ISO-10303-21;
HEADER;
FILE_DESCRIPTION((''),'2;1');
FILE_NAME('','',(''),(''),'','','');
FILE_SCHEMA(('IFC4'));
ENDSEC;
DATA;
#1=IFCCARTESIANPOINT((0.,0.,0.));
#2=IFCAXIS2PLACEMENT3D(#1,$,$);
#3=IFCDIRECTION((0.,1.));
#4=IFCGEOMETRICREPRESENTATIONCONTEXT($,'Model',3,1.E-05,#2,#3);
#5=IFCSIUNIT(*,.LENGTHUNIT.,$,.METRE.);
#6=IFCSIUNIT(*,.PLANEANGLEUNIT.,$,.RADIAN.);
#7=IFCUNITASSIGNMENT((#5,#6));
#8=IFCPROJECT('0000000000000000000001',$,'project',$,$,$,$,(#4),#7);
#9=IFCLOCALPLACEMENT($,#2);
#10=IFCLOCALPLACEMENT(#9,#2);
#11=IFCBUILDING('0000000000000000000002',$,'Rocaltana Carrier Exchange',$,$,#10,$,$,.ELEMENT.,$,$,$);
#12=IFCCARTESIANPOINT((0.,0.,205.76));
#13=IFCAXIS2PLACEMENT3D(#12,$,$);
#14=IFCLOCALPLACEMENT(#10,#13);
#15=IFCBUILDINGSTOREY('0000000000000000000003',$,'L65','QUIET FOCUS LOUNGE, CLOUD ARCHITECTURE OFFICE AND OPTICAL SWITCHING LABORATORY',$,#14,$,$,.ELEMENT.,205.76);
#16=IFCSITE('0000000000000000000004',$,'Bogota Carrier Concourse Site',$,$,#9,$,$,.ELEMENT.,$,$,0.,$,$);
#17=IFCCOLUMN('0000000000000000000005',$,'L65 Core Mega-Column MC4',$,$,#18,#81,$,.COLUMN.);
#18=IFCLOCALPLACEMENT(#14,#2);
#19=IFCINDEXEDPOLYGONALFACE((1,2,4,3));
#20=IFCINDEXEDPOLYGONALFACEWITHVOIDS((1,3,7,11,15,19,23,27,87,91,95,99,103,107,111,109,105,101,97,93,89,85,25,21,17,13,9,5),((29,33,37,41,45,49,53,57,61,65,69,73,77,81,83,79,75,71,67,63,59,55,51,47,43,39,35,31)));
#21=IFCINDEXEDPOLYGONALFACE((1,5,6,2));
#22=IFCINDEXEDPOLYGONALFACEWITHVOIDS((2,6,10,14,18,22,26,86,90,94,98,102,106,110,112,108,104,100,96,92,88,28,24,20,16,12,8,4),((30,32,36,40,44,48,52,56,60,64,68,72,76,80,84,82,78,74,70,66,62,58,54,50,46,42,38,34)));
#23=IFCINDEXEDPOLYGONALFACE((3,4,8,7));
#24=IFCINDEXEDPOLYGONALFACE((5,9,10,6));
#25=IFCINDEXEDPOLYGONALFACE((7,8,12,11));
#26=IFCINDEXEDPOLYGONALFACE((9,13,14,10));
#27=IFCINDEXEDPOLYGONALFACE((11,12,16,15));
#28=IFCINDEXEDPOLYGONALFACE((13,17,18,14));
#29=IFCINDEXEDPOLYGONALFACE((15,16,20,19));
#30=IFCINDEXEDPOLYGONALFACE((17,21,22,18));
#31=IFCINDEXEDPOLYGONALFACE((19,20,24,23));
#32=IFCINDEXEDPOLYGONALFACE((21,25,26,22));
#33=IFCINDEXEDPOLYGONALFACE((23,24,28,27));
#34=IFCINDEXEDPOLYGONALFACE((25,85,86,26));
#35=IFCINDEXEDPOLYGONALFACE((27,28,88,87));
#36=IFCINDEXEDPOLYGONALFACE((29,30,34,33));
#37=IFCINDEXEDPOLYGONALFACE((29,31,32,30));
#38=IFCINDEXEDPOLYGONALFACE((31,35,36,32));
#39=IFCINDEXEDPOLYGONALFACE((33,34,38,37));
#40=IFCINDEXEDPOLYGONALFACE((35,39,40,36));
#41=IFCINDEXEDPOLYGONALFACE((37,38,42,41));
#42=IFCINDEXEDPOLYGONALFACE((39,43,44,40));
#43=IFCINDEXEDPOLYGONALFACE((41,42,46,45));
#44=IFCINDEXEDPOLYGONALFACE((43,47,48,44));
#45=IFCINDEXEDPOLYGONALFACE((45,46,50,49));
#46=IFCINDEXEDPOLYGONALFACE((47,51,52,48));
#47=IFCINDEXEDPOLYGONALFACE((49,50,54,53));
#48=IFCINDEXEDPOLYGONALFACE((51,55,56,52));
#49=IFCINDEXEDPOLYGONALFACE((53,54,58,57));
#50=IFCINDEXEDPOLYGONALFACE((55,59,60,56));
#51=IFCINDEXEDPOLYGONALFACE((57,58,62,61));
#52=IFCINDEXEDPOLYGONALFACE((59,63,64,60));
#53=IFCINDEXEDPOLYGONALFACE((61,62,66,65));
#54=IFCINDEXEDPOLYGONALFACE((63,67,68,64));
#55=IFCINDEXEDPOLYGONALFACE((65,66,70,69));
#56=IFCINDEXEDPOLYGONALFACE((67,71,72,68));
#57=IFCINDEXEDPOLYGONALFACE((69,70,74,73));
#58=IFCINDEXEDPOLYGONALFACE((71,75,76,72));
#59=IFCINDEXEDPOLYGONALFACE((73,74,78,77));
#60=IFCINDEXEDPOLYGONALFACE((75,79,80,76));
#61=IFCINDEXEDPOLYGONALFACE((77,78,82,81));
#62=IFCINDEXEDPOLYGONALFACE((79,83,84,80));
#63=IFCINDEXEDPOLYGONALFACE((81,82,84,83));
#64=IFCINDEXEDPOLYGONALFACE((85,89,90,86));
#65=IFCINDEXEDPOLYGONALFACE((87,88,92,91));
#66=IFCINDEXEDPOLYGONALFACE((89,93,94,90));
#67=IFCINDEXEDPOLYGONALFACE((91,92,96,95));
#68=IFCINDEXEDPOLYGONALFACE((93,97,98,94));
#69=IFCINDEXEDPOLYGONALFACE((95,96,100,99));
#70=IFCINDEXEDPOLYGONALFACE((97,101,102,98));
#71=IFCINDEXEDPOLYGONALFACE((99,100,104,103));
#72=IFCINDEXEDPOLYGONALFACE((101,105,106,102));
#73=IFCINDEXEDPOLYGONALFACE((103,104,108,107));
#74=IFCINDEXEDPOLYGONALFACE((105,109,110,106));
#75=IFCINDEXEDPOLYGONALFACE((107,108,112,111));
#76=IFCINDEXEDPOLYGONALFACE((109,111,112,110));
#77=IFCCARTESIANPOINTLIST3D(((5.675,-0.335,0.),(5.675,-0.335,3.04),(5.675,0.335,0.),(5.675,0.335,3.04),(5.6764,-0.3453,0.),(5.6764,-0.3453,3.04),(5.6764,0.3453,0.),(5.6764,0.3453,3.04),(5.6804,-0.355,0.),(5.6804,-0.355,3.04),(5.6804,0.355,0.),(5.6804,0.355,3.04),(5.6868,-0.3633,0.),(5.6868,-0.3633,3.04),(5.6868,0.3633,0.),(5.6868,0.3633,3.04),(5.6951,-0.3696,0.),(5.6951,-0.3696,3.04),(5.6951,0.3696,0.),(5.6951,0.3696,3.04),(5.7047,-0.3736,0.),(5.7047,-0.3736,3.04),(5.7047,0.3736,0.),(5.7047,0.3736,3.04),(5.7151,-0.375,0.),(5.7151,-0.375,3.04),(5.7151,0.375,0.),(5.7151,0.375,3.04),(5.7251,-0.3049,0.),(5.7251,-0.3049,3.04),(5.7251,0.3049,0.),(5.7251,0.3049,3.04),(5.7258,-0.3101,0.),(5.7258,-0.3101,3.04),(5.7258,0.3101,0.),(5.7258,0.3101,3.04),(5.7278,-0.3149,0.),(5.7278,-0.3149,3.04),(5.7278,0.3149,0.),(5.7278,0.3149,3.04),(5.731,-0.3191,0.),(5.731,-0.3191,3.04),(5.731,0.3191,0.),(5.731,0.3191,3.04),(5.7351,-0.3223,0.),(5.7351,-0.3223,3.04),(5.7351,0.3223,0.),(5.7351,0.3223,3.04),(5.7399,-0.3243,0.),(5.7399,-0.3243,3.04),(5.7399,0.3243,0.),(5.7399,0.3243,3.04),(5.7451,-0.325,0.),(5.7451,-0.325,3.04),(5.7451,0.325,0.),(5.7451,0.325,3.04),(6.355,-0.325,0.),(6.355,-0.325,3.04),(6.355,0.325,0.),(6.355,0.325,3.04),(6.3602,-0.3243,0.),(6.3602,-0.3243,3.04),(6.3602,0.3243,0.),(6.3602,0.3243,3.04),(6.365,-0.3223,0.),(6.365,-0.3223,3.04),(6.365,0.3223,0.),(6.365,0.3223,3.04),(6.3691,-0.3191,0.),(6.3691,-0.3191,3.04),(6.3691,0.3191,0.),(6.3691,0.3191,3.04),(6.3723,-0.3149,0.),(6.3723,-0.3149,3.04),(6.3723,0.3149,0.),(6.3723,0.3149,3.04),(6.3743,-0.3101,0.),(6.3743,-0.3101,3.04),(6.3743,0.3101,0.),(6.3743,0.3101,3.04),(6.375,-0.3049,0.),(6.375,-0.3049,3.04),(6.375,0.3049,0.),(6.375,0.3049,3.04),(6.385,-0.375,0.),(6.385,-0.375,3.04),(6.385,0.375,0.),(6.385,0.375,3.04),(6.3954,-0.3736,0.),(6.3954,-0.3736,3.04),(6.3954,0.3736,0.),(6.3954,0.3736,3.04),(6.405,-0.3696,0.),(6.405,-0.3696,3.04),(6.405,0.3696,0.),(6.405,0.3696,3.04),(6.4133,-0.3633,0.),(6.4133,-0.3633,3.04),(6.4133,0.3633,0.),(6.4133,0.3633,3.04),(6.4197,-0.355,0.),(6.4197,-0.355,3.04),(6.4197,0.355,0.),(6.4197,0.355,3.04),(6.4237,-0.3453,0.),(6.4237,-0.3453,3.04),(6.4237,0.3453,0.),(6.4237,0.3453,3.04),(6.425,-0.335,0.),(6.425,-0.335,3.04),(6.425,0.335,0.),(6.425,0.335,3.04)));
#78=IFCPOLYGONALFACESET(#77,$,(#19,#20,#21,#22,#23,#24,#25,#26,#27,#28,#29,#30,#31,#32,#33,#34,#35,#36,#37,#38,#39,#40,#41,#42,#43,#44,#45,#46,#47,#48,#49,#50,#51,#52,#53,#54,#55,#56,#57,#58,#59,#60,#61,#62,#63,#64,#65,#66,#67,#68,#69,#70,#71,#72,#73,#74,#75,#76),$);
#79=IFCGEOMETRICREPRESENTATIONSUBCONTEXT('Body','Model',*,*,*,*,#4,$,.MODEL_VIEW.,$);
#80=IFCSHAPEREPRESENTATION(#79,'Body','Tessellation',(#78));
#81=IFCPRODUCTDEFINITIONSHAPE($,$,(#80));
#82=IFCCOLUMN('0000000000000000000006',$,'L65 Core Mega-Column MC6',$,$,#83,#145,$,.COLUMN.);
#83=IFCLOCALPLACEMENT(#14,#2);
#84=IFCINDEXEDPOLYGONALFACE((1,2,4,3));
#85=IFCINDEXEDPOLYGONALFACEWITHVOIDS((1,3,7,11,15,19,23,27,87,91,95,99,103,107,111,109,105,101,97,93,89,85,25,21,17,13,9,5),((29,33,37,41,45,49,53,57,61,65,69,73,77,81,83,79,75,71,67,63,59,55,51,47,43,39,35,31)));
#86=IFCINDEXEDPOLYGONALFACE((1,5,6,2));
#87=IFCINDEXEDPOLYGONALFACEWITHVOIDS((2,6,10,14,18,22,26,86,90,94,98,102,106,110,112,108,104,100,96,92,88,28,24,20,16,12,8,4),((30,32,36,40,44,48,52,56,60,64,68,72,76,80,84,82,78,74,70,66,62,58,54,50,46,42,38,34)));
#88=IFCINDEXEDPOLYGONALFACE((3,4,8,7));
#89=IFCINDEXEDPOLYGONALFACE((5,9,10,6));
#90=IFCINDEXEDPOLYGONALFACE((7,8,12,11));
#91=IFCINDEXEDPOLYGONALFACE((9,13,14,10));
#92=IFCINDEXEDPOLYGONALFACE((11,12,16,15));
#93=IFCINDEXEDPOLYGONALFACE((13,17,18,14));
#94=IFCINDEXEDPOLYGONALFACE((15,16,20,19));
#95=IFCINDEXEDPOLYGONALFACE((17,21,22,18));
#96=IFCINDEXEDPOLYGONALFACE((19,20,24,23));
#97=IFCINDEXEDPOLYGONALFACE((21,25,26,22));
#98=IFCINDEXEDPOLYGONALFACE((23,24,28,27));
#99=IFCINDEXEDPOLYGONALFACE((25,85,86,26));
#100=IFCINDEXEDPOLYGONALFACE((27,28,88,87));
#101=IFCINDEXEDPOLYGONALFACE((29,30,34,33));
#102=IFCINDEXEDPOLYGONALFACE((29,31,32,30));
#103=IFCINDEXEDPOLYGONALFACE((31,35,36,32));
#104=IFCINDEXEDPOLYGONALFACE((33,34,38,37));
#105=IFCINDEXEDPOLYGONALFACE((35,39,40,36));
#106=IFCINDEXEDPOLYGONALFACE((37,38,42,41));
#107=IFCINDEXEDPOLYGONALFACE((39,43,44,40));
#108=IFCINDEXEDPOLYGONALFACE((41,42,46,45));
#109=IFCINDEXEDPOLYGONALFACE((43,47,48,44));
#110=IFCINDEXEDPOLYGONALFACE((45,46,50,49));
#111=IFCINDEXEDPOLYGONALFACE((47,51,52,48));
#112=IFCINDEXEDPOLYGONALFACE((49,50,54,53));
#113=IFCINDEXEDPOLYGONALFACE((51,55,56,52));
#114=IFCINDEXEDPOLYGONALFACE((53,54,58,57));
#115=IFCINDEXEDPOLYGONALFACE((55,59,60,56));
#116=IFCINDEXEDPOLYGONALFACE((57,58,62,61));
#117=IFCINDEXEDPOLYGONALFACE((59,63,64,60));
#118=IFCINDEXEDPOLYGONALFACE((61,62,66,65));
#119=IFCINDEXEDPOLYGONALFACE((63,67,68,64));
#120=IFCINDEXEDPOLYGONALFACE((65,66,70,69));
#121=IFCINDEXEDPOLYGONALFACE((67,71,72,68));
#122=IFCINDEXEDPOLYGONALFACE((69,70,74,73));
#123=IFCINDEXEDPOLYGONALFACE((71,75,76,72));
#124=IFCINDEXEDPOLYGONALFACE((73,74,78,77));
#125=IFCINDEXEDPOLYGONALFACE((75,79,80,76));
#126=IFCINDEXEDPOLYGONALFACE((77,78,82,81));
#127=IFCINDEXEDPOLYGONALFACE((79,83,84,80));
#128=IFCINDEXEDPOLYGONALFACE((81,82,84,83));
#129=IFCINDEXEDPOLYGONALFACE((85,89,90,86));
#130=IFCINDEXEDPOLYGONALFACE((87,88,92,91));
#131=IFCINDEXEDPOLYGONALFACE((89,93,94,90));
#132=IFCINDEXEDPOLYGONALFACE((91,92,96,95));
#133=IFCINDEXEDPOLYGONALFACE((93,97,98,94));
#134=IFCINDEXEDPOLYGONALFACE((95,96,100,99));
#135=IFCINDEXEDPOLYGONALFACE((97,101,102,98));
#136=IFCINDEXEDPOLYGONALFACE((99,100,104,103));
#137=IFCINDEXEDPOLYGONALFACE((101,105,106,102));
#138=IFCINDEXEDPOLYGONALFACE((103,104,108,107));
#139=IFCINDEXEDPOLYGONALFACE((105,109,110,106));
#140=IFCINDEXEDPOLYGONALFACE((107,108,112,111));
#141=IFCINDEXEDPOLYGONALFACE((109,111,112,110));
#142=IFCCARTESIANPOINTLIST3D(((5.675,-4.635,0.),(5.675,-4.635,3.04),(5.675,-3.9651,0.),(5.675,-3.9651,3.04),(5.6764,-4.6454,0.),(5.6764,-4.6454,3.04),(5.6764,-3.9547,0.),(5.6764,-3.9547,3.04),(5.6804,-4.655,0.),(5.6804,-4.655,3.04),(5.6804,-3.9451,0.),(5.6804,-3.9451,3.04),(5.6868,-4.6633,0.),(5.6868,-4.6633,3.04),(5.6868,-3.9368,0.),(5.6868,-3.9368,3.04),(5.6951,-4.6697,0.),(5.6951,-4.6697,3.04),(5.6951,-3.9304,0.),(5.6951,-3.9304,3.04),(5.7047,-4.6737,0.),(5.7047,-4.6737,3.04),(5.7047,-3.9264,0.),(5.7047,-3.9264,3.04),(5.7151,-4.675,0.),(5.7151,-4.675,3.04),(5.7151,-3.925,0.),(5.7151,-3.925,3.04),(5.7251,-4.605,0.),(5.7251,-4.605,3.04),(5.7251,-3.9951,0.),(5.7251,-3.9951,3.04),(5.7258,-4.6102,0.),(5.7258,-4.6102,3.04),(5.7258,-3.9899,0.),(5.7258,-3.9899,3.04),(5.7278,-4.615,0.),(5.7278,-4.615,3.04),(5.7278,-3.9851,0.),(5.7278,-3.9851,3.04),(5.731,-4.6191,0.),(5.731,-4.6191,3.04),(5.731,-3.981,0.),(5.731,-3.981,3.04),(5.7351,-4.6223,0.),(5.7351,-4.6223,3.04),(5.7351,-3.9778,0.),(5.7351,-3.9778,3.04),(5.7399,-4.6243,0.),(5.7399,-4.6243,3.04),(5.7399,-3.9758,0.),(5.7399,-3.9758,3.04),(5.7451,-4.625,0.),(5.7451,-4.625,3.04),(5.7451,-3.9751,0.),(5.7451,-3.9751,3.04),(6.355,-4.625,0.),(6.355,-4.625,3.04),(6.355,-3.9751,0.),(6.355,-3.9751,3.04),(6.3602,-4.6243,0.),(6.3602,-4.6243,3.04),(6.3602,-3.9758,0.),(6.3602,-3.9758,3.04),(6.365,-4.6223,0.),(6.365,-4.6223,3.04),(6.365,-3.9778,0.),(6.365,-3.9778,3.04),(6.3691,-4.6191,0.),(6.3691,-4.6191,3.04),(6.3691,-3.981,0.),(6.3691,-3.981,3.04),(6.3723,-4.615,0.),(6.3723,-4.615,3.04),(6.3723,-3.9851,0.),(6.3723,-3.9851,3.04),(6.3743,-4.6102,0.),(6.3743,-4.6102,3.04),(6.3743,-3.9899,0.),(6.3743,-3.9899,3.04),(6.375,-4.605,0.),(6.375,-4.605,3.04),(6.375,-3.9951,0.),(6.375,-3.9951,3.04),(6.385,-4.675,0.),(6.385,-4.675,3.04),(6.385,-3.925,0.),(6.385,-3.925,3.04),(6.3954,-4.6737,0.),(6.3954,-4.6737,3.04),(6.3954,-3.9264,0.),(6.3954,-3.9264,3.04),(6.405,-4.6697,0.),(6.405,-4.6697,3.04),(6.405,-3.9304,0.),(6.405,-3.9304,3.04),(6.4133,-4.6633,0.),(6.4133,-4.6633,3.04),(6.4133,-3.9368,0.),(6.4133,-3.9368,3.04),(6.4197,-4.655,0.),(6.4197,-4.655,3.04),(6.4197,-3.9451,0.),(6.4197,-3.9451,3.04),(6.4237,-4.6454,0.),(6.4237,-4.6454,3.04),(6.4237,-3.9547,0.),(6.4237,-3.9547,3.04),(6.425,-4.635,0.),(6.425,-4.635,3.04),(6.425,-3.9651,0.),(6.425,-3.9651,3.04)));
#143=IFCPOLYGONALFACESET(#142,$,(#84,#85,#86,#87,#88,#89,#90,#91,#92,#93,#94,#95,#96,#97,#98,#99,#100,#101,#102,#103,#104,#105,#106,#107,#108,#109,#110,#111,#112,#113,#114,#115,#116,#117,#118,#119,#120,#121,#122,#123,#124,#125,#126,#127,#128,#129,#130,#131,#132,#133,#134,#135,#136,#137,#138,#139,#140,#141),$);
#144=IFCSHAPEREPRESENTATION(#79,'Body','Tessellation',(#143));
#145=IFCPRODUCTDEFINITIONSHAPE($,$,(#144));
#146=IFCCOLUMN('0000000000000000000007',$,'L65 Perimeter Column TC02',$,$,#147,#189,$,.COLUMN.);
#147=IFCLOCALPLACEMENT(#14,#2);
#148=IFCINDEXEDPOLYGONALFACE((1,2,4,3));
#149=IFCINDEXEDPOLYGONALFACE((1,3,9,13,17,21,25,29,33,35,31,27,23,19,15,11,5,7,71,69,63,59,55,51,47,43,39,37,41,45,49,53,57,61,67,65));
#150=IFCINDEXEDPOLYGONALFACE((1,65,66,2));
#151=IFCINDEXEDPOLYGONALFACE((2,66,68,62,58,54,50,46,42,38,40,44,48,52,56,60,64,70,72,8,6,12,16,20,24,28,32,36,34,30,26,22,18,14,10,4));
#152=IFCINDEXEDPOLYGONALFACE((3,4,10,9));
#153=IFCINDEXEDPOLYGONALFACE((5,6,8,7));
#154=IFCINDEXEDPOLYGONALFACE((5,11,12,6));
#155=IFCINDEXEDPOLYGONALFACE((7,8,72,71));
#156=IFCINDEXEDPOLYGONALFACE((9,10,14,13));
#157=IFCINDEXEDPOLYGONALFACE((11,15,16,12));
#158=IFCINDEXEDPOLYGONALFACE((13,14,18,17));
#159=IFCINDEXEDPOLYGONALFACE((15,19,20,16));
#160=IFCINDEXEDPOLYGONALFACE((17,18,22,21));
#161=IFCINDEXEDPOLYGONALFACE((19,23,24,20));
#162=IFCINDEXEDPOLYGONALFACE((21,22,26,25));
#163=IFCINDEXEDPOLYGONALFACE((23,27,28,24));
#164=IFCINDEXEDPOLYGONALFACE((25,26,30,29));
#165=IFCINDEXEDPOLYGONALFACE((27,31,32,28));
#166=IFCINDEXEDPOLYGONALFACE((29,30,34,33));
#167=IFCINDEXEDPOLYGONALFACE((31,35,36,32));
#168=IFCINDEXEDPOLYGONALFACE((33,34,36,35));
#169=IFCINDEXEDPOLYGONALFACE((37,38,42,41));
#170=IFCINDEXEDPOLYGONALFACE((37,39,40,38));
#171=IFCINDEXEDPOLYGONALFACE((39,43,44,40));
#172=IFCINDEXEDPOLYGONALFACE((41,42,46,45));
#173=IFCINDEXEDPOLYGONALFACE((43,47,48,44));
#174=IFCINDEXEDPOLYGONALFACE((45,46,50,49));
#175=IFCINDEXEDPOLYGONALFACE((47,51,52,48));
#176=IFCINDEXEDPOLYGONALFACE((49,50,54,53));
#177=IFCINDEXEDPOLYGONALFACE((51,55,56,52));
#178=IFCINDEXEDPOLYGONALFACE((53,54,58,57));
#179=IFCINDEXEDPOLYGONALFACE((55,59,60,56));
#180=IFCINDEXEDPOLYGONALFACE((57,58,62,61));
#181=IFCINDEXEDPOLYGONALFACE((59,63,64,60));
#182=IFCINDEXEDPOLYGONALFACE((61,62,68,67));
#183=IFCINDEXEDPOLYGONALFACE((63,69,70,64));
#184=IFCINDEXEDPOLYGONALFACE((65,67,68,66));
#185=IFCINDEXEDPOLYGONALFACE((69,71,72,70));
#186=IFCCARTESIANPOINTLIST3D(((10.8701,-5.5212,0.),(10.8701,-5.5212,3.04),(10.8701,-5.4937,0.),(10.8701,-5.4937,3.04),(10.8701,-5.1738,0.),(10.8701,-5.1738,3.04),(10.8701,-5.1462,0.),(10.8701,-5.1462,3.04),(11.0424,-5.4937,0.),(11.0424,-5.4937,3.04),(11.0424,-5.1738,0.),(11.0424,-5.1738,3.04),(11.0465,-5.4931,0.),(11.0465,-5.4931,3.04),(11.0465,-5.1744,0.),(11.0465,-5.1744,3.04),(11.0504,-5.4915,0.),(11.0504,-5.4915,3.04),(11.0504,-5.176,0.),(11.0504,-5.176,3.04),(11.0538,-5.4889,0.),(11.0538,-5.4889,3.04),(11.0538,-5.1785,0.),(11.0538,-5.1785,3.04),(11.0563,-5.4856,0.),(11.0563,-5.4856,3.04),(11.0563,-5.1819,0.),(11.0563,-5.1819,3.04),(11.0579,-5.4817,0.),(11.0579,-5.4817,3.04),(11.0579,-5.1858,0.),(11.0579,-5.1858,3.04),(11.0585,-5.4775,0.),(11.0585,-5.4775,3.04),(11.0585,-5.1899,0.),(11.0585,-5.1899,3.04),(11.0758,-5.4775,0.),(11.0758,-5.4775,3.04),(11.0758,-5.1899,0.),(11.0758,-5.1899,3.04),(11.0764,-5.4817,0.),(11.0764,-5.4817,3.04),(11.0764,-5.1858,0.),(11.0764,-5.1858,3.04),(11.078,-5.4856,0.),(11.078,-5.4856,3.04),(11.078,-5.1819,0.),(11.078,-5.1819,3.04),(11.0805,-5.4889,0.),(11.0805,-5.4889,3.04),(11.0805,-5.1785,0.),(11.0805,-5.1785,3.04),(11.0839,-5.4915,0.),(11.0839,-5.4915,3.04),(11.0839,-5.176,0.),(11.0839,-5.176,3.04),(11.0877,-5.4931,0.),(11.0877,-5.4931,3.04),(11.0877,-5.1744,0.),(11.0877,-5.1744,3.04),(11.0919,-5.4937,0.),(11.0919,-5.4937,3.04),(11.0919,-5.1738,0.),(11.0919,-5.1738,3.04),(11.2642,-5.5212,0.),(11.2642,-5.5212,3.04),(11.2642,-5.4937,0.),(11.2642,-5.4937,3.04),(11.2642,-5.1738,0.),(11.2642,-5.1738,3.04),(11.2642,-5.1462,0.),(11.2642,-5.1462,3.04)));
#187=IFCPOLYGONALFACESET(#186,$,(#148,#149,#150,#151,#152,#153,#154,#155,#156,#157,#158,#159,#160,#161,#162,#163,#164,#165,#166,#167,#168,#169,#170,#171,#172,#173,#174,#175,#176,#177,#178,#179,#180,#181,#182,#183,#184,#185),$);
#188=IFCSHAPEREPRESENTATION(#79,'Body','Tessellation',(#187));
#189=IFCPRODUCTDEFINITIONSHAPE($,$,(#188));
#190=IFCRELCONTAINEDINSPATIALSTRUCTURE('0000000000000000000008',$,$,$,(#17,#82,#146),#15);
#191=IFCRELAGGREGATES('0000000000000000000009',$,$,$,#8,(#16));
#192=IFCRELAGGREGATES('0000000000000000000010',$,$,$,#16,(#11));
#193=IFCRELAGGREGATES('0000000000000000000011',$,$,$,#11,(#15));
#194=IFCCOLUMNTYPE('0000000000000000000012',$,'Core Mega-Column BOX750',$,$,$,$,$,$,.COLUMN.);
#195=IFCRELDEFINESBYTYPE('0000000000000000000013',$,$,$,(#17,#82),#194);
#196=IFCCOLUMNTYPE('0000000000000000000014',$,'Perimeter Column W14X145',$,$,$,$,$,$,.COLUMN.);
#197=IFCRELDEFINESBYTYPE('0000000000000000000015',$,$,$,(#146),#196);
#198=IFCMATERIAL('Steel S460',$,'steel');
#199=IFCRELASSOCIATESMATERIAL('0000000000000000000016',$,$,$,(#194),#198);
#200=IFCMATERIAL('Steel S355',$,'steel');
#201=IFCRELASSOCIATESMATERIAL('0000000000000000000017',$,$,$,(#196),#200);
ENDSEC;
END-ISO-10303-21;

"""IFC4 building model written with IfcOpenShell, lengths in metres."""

from ifc_helpers import new_model, si_unit, direction, frame, origin, origin_2d, place, context, subcontext, project, spatial, hollow_rectangle, i_section, extrude, material, material_profile, profile_set, type_object, element, save


model = new_model("IFC4")

# Units and contexts
model_context = context("Model", 3, precision=1e-05, world=origin(), true_north=direction((0.0, 1.0)))
body_context = subcontext(model_context, "Body", "Model", "MODEL_VIEW")
ifc_project = project(units=[si_unit("LENGTHUNIT", "METRE"), si_unit("PLANEANGLEUNIT", "RADIAN")], contexts=[model_context])

# Site, building, storey
site_placement = place(None, origin())
site = spatial("IfcSite", under=ifc_project, at=site_placement, Name="Bogota Carrier Concourse Site", CompositionType="ELEMENT", RefElevation=0.0)
building_placement = place(site_placement, origin())
building = spatial("IfcBuilding", under=site, at=building_placement, Name="Rocaltana Carrier Exchange", CompositionType="ELEMENT")
storey_placement = place(building_placement, frame((0.0, 0.0, 205.76)))
storey = spatial("IfcBuildingStorey", under=building, at=storey_placement, Name="L65", Description="QUIET FOCUS LOUNGE, CLOUD ARCHITECTURE OFFICE AND OPTICAL SWITCHING LABORATORY", CompositionType="ELEMENT", Elevation=205.76)

# Columns
ifc_material_1 = material(Name="Steel S460", Category="steel")
ifc_material_profile_1 = material_profile(ifc_material_1, hollow_rectangle(XDim=0.75, YDim=0.75, WallThickness=0.05, InnerFilletRadius=0.02, OuterFilletRadius=0.04, at=origin_2d()), Name="BOX750X750X50")
ifc_profile_set_1 = profile_set([ifc_material_profile_1], Name="Steel S460")
column_type_1 = type_object("IfcColumnType", Name="Core Mega-Column BOX750", PredefinedType="COLUMN", material=ifc_profile_set_1)
for number, where, z_axis, x_axis, name in (
    (1, (6.05, 0.0, 0.0), (0.0, 0.0, 1.0), (1.0, 0.0, 0.0), "L65 Core Mega-Column MC4"),
    (2, (6.05, -4.3, 0.0), (0.0, 0.0, 1.0), (1.0, 0.0, 0.0), "L65 Core Mega-Column MC6"),
):
    element("IfcColumn", number, at=place(storey_placement, frame(where, z_axis=z_axis, x_axis=x_axis)), inside=storey, type_object=column_type_1, Name=name, PredefinedType="COLUMN", context=body_context, shape_type="SweptSolid", body=[
        extrude(hollow_rectangle(XDim=0.75, YDim=0.75, WallThickness=0.05, InnerFilletRadius=0.02, OuterFilletRadius=0.04, at=origin_2d()), origin(), (0.0, 0.0, 1.0), 3.04),
    ])
ifc_material_2 = material(Name="Steel S355", Category="steel")
ifc_material_profile_2 = material_profile(ifc_material_2, i_section(OverallWidth=0.394, OverallDepth=0.375, WebThickness=0.0173, FlangeThickness=0.0276, FilletRadius=0.0161, at=origin_2d()), Name="W14X145")
ifc_profile_set_2 = profile_set([ifc_material_profile_2], Name="Steel S355")
column_type_2 = type_object("IfcColumnType", Name="Perimeter Column W14X145", PredefinedType="COLUMN", material=ifc_profile_set_2)
column_placement = place(storey_placement, frame((11.0671, -5.3337, 0.0), z_axis=(0.0, 0.0, 1.0), x_axis=(1.0, 0.0, 0.0)))
element("IfcColumn", 3, at=column_placement, inside=storey, type_object=column_type_2, Name="L65 Perimeter Column TC02", PredefinedType="COLUMN", context=body_context, shape_type="SweptSolid", body=[
    extrude(i_section(OverallWidth=0.394, OverallDepth=0.375, WebThickness=0.0173, FlangeThickness=0.0276, FilletRadius=0.0161, at=origin_2d()), origin(), (0.0, 0.0, 1.0), 3.04),
])

save(model, "model.ifc")
